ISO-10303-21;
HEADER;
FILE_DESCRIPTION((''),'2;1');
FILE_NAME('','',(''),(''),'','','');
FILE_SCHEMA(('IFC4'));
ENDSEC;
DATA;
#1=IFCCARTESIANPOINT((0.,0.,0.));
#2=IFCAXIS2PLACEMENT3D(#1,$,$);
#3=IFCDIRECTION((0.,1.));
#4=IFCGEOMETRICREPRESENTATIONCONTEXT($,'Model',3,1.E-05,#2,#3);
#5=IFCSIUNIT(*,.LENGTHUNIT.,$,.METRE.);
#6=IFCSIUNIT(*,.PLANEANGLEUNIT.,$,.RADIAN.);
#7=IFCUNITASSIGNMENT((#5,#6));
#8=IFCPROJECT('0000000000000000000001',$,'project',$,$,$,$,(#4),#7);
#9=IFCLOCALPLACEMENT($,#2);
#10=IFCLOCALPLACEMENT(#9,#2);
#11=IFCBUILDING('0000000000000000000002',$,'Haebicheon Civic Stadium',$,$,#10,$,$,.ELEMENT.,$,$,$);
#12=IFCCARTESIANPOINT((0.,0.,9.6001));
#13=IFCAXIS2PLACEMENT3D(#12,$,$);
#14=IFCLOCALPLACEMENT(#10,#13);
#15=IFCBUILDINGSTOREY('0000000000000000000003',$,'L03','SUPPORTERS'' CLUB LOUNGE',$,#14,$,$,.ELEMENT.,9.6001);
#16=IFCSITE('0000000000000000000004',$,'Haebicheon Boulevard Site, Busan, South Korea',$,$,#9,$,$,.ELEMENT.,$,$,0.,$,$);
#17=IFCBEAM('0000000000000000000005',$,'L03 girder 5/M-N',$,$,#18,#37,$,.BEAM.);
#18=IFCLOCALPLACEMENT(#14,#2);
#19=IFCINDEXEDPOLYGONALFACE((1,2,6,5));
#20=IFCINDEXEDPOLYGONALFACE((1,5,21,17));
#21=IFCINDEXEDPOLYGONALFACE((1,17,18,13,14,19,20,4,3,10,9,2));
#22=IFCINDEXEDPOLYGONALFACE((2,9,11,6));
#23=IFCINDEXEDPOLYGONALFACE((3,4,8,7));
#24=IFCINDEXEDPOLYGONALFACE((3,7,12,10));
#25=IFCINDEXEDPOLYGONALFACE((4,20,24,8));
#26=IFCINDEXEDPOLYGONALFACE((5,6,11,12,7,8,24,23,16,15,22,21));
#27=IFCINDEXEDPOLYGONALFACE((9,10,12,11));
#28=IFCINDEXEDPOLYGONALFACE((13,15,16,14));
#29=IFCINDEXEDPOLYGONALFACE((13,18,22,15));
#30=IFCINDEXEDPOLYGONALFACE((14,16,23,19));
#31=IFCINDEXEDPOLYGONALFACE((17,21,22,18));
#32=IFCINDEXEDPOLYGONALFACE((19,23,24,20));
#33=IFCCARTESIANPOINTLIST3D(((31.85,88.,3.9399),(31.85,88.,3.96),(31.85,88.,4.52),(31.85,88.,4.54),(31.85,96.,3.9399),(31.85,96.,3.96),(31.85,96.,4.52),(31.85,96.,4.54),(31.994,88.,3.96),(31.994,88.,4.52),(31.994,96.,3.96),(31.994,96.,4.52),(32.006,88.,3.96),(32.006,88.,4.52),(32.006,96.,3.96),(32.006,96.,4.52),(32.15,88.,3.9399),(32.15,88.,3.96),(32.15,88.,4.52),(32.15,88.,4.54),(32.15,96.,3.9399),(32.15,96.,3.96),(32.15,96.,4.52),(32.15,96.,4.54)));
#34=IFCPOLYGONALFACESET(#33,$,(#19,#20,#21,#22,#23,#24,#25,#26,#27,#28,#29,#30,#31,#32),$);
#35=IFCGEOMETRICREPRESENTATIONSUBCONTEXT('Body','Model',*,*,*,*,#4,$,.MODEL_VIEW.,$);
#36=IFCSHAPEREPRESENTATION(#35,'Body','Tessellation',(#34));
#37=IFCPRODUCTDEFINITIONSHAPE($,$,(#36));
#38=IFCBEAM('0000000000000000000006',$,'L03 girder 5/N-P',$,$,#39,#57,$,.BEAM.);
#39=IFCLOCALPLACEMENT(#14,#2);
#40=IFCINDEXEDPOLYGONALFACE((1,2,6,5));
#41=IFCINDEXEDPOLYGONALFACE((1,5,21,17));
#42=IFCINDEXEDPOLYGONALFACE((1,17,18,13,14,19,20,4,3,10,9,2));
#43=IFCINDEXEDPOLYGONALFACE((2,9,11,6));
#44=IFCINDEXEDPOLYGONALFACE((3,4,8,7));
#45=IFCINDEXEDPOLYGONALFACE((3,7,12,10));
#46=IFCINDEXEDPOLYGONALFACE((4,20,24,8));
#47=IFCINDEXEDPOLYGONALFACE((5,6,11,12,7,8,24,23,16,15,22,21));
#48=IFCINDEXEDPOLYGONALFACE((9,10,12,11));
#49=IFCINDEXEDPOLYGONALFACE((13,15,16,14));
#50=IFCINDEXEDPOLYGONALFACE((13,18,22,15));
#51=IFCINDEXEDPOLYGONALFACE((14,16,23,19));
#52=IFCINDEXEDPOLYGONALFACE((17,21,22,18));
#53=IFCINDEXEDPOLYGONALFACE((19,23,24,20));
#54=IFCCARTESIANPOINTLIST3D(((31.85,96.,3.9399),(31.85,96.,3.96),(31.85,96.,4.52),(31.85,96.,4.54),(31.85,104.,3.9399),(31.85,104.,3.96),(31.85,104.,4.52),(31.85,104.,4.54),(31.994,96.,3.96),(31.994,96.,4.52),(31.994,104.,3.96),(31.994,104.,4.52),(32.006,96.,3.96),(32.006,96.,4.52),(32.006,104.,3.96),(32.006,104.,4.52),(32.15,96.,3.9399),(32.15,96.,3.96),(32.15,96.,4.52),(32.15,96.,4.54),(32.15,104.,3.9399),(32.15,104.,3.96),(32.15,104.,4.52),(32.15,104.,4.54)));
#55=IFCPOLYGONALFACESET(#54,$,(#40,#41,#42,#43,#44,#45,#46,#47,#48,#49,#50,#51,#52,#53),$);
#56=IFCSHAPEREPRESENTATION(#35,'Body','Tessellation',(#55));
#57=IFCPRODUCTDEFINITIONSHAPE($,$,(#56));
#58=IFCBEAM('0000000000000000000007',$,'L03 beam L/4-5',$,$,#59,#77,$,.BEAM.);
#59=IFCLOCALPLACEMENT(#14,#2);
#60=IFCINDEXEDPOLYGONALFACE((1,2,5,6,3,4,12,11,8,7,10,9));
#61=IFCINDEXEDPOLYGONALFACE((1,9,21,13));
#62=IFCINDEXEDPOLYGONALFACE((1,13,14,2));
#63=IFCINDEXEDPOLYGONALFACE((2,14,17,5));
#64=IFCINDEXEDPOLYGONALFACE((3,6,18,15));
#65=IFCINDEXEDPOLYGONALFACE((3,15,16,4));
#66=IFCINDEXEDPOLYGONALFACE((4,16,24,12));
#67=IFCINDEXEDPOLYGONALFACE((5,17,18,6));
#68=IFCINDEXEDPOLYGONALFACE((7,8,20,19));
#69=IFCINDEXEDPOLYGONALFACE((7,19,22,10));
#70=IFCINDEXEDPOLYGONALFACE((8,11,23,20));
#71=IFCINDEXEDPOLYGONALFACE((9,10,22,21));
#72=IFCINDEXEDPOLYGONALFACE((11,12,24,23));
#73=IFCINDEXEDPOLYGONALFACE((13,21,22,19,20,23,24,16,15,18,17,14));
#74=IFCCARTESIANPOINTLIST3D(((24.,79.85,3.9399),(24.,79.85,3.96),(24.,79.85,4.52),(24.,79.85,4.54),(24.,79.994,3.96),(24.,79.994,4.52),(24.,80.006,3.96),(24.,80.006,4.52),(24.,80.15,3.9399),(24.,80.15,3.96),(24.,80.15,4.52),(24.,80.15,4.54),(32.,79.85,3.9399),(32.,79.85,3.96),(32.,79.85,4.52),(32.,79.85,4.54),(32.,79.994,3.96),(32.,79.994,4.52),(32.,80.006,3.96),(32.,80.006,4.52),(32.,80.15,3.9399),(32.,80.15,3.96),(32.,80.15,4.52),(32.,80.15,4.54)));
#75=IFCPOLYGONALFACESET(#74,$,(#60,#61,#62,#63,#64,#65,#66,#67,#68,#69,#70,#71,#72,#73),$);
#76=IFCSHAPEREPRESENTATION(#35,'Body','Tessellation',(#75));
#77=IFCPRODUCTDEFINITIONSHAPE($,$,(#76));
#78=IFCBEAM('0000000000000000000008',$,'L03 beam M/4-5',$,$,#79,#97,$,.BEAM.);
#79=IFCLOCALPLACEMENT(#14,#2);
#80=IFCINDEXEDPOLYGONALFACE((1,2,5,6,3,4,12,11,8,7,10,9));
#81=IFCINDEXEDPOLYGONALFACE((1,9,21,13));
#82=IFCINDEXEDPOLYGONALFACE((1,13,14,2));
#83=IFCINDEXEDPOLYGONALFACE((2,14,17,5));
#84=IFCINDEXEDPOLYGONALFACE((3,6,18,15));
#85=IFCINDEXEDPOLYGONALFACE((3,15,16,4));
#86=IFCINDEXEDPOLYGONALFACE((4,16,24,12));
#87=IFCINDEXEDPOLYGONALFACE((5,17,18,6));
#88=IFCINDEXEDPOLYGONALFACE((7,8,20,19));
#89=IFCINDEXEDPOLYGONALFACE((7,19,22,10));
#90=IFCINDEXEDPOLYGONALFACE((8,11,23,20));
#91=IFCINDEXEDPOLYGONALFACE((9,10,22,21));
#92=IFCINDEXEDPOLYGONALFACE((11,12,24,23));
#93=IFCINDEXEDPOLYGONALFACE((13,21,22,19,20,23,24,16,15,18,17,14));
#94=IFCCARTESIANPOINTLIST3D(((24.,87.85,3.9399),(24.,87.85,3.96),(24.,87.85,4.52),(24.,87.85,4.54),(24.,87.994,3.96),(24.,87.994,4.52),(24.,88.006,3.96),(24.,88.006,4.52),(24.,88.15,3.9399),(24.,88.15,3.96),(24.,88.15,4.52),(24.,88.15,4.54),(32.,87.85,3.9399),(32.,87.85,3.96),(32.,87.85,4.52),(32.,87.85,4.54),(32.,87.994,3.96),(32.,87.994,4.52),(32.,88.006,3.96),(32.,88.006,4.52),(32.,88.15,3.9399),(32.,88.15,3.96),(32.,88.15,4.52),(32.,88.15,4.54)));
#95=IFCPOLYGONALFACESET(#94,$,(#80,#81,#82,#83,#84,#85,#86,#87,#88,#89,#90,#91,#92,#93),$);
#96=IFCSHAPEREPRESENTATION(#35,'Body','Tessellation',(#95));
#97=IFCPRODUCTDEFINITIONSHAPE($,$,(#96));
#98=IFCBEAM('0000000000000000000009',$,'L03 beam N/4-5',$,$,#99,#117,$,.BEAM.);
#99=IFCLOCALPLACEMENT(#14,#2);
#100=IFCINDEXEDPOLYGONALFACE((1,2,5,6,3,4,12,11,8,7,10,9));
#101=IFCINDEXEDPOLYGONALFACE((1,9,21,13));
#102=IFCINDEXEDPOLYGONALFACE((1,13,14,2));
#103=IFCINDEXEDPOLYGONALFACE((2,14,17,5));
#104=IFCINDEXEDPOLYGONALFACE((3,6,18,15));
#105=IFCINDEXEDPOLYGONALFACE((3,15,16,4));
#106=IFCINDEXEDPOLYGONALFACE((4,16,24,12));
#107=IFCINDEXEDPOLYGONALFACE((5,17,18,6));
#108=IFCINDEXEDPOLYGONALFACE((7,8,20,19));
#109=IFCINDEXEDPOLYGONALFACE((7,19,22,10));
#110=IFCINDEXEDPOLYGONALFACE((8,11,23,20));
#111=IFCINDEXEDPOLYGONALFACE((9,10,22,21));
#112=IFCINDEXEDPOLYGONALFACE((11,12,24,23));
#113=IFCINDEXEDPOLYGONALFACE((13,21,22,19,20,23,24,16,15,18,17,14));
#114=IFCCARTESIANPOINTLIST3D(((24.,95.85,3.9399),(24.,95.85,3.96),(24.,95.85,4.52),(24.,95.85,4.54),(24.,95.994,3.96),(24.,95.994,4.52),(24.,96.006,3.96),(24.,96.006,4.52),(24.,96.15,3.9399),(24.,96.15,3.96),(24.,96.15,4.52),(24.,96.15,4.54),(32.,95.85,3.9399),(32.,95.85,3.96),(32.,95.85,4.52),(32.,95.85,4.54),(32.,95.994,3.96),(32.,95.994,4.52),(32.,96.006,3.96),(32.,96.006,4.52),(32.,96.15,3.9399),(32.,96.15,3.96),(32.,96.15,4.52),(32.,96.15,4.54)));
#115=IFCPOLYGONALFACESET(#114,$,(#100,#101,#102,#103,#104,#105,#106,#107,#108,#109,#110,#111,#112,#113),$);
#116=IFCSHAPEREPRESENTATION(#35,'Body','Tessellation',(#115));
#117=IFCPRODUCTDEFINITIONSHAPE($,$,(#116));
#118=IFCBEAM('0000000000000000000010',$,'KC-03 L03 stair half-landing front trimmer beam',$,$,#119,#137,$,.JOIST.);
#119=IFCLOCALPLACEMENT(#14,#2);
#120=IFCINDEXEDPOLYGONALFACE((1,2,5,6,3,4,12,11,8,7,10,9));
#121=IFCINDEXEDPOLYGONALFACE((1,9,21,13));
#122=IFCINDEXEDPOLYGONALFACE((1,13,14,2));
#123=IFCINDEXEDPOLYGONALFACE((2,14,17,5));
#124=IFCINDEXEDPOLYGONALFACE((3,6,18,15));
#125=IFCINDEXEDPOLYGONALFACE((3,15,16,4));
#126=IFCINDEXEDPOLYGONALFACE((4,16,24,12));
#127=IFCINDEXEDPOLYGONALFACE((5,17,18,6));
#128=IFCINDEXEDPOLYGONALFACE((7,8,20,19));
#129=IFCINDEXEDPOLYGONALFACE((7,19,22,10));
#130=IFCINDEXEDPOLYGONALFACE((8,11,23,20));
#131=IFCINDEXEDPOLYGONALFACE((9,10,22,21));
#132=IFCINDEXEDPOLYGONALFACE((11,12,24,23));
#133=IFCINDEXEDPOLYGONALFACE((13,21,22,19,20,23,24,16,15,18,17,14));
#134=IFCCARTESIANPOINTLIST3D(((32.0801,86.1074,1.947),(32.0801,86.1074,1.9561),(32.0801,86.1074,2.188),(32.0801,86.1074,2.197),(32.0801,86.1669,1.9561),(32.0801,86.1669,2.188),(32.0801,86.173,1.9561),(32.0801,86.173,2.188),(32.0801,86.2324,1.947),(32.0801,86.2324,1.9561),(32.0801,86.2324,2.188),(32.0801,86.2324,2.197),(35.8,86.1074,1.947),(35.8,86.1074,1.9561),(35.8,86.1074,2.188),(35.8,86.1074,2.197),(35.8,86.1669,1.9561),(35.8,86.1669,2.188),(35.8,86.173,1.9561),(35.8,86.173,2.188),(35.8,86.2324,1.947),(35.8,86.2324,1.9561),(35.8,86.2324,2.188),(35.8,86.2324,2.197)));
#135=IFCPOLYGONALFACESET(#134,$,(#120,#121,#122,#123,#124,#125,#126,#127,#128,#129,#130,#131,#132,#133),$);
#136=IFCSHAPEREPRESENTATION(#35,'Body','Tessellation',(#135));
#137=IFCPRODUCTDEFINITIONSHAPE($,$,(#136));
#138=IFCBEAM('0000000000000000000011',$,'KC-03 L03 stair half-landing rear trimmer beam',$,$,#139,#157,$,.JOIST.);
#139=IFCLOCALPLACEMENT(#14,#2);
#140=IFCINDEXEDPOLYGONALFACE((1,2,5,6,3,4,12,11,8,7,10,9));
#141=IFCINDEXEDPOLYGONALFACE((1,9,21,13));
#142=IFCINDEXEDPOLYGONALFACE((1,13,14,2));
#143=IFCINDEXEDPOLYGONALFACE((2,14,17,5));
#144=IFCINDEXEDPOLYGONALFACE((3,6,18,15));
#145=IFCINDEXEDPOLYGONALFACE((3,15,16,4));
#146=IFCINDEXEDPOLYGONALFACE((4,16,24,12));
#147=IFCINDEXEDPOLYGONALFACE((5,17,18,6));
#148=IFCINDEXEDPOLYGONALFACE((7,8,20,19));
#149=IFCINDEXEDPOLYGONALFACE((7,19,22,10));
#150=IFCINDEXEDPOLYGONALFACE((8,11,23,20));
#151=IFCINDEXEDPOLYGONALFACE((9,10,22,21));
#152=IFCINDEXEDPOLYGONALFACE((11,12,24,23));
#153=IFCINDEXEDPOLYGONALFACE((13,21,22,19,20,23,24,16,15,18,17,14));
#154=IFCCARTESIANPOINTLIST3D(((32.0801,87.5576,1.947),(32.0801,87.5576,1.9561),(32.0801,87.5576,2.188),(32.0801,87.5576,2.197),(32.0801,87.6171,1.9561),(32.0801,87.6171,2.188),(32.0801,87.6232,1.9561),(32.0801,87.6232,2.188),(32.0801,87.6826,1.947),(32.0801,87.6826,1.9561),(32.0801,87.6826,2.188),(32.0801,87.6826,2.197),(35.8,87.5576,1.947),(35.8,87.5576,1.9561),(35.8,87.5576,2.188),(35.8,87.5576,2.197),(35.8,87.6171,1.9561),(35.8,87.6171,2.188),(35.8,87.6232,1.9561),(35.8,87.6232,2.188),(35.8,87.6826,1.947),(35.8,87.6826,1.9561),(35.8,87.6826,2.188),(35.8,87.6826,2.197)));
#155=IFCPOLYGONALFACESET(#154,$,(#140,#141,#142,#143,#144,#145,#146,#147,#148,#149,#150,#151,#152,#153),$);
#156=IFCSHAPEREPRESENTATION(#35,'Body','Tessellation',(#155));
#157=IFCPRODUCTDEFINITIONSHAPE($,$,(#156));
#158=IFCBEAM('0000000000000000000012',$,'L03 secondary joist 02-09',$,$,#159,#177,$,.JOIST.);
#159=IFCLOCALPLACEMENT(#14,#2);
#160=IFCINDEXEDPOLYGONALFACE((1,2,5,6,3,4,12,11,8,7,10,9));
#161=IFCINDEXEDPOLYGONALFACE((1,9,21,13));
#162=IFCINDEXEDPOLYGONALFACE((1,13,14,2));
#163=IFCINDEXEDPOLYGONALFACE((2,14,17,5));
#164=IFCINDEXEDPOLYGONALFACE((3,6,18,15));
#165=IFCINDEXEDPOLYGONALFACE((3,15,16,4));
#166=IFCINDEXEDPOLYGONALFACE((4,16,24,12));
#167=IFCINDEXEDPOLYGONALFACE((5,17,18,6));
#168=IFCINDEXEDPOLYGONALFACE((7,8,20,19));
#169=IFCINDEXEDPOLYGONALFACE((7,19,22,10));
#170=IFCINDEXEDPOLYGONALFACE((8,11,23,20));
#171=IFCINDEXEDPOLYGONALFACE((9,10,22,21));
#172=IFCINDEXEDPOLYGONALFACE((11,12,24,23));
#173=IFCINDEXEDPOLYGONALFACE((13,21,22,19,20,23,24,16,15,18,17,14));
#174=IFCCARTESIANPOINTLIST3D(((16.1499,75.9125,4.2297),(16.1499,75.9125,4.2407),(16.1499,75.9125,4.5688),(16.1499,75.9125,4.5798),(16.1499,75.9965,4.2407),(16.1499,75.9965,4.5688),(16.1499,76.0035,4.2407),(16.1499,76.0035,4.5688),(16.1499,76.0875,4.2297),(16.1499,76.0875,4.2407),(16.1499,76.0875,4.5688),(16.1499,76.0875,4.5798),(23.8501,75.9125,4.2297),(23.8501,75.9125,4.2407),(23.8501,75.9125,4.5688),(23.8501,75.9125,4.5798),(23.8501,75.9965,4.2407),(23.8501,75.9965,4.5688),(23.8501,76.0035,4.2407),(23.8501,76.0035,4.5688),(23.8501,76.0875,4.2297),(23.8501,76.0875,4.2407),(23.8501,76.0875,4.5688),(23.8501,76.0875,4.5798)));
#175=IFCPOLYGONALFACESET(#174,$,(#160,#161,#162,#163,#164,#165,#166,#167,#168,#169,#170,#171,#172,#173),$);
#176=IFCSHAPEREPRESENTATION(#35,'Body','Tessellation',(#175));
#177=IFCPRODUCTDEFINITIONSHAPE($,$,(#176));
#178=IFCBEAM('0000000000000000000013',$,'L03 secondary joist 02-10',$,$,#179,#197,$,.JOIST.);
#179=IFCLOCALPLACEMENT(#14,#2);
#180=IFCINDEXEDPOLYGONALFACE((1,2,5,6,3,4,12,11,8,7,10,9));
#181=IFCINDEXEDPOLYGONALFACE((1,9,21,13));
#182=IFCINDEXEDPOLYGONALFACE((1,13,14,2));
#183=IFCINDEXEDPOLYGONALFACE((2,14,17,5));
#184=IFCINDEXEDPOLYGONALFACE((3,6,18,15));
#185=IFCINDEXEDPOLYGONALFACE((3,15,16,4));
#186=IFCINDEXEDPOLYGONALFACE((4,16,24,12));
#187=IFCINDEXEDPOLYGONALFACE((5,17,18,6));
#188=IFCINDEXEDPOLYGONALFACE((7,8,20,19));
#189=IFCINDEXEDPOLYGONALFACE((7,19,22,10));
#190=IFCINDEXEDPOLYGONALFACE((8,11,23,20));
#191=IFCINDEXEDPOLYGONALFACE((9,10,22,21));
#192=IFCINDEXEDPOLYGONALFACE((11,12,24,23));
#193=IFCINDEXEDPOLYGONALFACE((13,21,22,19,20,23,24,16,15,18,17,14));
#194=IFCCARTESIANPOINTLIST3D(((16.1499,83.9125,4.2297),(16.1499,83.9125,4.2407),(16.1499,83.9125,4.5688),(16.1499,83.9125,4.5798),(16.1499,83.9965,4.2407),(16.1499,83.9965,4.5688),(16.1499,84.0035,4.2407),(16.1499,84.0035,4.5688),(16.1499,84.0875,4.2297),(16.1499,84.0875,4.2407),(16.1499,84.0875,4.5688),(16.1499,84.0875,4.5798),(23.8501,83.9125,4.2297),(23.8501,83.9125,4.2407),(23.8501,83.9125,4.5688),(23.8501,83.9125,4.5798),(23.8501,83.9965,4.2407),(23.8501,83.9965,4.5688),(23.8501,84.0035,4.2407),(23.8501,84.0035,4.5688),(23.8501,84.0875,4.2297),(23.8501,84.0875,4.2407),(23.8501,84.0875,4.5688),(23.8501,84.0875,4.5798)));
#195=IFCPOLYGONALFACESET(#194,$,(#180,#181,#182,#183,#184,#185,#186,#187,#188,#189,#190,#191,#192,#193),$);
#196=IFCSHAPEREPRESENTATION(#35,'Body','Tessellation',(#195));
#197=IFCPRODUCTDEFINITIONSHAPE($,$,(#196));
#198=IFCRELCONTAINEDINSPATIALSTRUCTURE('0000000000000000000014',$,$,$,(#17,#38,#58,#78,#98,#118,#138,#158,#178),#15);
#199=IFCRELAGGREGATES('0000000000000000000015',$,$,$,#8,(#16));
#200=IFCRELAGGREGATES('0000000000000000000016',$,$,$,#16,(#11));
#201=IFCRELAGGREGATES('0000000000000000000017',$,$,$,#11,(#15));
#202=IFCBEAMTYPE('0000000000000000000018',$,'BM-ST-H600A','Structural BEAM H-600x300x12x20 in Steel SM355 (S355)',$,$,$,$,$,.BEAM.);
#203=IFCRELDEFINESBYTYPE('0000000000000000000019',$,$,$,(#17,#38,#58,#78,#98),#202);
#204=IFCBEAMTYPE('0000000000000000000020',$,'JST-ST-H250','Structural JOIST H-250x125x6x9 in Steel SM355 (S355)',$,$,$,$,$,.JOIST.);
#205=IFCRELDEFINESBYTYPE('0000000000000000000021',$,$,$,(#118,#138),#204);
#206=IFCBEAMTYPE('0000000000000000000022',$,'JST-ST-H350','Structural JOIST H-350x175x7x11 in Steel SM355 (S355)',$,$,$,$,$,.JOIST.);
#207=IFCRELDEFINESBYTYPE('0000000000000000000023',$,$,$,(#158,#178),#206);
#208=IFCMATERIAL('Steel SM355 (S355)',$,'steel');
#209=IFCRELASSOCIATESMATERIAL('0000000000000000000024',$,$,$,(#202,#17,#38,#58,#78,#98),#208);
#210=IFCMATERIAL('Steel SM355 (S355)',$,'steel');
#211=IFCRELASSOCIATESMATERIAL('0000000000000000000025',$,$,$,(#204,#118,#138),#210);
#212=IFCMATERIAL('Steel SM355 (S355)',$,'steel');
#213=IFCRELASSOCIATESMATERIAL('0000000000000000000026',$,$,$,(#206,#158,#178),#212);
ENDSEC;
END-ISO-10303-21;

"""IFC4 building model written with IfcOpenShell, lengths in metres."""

from ifc_helpers import new_model, si_unit, direction, frame, origin, origin_2d, place, context, subcontext, project, spatial, i_section, extrude, material, material_profile, profile_set, type_object, element, save


model = new_model("IFC4")

# Units and contexts
model_context = context("Model", 3, precision=1e-05, world=origin(), true_north=direction((0.0, 1.0)))
body_context = subcontext(model_context, "Body", "Model", "MODEL_VIEW")
ifc_project = project(units=[si_unit("LENGTHUNIT", "METRE"), si_unit("PLANEANGLEUNIT", "RADIAN")], contexts=[model_context])

# Site, building, storey
site_placement = place(None, origin())
site = spatial("IfcSite", under=ifc_project, at=site_placement, Name="Haebicheon Boulevard Site, Busan, South Korea", CompositionType="ELEMENT", RefElevation=0.0)
building_placement = place(site_placement, origin())
building = spatial("IfcBuilding", under=site, at=building_placement, Name="Haebicheon Civic Stadium", CompositionType="ELEMENT")
storey_placement = place(building_placement, frame((0.0, 0.0, 9.6001)))
storey = spatial("IfcBuildingStorey", under=building, at=storey_placement, Name="L03", Description="SUPPORTERS' CLUB LOUNGE", CompositionType="ELEMENT", Elevation=9.6001)

# Beams
ifc_material_1 = material(Name="Steel SM355 (S355)", Category="steel")
ifc_material_profile_1 = material_profile(ifc_material_1, i_section(OverallWidth=0.3, OverallDepth=0.6001, WebThickness=0.012, FlangeThickness=0.02, at=origin_2d()), Name="H-600x300x12x20")
ifc_profile_set_1 = profile_set([ifc_material_profile_1], Name="Steel SM355 (S355)")
beam_type_1 = type_object("IfcBeamType", Name="BM-ST-H600A", Description="Structural BEAM H-600x300x12x20 in Steel SM355 (S355)", PredefinedType="BEAM", material=ifc_profile_set_1)
for number, where, z_axis, x_axis, name in (
    (1, (32.0, 88.0, 4.24), (0.0, 1.0, 0.0), (-1.0, 0.0, 0.0), "L03 girder 5/M-N"),
    (2, (32.0, 96.0, 4.24), (0.0, 1.0, 0.0), (-1.0, 0.0, 0.0), "L03 girder 5/N-P"),
    (3, (24.0, 80.0, 4.24), (1.0, 0.0, 0.0), (0.0, 1.0, 0.0), "L03 beam L/4-5"),
    (4, (24.0, 88.0, 4.24), (1.0, 0.0, 0.0), (0.0, 1.0, 0.0), "L03 beam M/4-5"),
    (5, (24.0, 96.0, 4.24), (1.0, 0.0, 0.0), (0.0, 1.0, 0.0), "L03 beam N/4-5"),
):
    element("IfcBeam", number, at=place(storey_placement, frame(where, z_axis=z_axis, x_axis=x_axis)), inside=storey, type_object=beam_type_1, material=ifc_profile_set_1, Name=name, PredefinedType="BEAM", context=body_context, shape_type="SweptSolid", body=[
        extrude(i_section(OverallWidth=0.3, OverallDepth=0.6001, WebThickness=0.012, FlangeThickness=0.02, at=origin_2d()), origin(), (0.0, 0.0, 1.0), 8.0),
    ])
ifc_material_2 = material(Name="Steel SM355 (S355)", Category="steel")
ifc_material_profile_2 = material_profile(ifc_material_2, i_section(OverallWidth=0.125, OverallDepth=0.25, WebThickness=0.0061, FlangeThickness=0.009, at=origin_2d()), Name="H-250x125x6x9")
ifc_profile_set_2 = profile_set([ifc_material_profile_2], Name="Steel SM355 (S355)")
beam_type_2 = type_object("IfcBeamType", Name="JST-ST-H250", Description="Structural JOIST H-250x125x6x9 in Steel SM355 (S355)", PredefinedType="JOIST", material=ifc_profile_set_2)
for number, where, z_axis, x_axis, name in (
    (6, (32.0801, 86.1699, 2.072), (1.0, 0.0, 0.0), (0.0, 1.0, 0.0), "KC-03 L03 stair half-landing front trimmer beam"),
    (7, (32.0801, 87.6201, 2.072), (1.0, 0.0, 0.0), (0.0, 1.0, 0.0), "KC-03 L03 stair half-landing rear trimmer beam"),
):
    element("IfcBeam", number, at=place(storey_placement, frame(where, z_axis=z_axis, x_axis=x_axis)), inside=storey, type_object=beam_type_2, material=ifc_profile_set_2, Name=name, PredefinedType="JOIST", context=body_context, shape_type="SweptSolid", body=[
        extrude(i_section(OverallWidth=0.125, OverallDepth=0.25, WebThickness=0.0061, FlangeThickness=0.009, at=origin_2d()), origin(), (0.0, 0.0, 1.0), 3.72),
    ])
ifc_material_3 = material(Name="Steel SM355 (S355)", Category="steel")
ifc_material_profile_3 = material_profile(ifc_material_3, i_section(OverallWidth=0.175, OverallDepth=0.3501, WebThickness=0.0071, FlangeThickness=0.011, at=origin_2d()), Name="H-350x175x7x11")
ifc_profile_set_3 = profile_set([ifc_material_profile_3], Name="Steel SM355 (S355)")
beam_type_3 = type_object("IfcBeamType", Name="JST-ST-H350", Description="Structural JOIST H-350x175x7x11 in Steel SM355 (S355)", PredefinedType="JOIST", material=ifc_profile_set_3)
for number, where, z_axis, x_axis, name in (
    (8, (16.1499, 76.0, 4.4048), (1.0, 0.0, 0.0), (0.0, 1.0, 0.0), "L03 secondary joist 02-09"),
    (9, (16.1499, 84.0, 4.4048), (1.0, 0.0, 0.0), (0.0, 1.0, 0.0), "L03 secondary joist 02-10"),
):
    element("IfcBeam", number, at=place(storey_placement, frame(where, z_axis=z_axis, x_axis=x_axis)), inside=storey, type_object=beam_type_3, material=ifc_profile_set_3, Name=name, PredefinedType="JOIST", context=body_context, shape_type="SweptSolid", body=[
        extrude(i_section(OverallWidth=0.175, OverallDepth=0.3501, WebThickness=0.0071, FlangeThickness=0.011, at=origin_2d()), origin(), (0.0, 0.0, 1.0), 7.7002),
    ])

save(model, "model.ifc")
